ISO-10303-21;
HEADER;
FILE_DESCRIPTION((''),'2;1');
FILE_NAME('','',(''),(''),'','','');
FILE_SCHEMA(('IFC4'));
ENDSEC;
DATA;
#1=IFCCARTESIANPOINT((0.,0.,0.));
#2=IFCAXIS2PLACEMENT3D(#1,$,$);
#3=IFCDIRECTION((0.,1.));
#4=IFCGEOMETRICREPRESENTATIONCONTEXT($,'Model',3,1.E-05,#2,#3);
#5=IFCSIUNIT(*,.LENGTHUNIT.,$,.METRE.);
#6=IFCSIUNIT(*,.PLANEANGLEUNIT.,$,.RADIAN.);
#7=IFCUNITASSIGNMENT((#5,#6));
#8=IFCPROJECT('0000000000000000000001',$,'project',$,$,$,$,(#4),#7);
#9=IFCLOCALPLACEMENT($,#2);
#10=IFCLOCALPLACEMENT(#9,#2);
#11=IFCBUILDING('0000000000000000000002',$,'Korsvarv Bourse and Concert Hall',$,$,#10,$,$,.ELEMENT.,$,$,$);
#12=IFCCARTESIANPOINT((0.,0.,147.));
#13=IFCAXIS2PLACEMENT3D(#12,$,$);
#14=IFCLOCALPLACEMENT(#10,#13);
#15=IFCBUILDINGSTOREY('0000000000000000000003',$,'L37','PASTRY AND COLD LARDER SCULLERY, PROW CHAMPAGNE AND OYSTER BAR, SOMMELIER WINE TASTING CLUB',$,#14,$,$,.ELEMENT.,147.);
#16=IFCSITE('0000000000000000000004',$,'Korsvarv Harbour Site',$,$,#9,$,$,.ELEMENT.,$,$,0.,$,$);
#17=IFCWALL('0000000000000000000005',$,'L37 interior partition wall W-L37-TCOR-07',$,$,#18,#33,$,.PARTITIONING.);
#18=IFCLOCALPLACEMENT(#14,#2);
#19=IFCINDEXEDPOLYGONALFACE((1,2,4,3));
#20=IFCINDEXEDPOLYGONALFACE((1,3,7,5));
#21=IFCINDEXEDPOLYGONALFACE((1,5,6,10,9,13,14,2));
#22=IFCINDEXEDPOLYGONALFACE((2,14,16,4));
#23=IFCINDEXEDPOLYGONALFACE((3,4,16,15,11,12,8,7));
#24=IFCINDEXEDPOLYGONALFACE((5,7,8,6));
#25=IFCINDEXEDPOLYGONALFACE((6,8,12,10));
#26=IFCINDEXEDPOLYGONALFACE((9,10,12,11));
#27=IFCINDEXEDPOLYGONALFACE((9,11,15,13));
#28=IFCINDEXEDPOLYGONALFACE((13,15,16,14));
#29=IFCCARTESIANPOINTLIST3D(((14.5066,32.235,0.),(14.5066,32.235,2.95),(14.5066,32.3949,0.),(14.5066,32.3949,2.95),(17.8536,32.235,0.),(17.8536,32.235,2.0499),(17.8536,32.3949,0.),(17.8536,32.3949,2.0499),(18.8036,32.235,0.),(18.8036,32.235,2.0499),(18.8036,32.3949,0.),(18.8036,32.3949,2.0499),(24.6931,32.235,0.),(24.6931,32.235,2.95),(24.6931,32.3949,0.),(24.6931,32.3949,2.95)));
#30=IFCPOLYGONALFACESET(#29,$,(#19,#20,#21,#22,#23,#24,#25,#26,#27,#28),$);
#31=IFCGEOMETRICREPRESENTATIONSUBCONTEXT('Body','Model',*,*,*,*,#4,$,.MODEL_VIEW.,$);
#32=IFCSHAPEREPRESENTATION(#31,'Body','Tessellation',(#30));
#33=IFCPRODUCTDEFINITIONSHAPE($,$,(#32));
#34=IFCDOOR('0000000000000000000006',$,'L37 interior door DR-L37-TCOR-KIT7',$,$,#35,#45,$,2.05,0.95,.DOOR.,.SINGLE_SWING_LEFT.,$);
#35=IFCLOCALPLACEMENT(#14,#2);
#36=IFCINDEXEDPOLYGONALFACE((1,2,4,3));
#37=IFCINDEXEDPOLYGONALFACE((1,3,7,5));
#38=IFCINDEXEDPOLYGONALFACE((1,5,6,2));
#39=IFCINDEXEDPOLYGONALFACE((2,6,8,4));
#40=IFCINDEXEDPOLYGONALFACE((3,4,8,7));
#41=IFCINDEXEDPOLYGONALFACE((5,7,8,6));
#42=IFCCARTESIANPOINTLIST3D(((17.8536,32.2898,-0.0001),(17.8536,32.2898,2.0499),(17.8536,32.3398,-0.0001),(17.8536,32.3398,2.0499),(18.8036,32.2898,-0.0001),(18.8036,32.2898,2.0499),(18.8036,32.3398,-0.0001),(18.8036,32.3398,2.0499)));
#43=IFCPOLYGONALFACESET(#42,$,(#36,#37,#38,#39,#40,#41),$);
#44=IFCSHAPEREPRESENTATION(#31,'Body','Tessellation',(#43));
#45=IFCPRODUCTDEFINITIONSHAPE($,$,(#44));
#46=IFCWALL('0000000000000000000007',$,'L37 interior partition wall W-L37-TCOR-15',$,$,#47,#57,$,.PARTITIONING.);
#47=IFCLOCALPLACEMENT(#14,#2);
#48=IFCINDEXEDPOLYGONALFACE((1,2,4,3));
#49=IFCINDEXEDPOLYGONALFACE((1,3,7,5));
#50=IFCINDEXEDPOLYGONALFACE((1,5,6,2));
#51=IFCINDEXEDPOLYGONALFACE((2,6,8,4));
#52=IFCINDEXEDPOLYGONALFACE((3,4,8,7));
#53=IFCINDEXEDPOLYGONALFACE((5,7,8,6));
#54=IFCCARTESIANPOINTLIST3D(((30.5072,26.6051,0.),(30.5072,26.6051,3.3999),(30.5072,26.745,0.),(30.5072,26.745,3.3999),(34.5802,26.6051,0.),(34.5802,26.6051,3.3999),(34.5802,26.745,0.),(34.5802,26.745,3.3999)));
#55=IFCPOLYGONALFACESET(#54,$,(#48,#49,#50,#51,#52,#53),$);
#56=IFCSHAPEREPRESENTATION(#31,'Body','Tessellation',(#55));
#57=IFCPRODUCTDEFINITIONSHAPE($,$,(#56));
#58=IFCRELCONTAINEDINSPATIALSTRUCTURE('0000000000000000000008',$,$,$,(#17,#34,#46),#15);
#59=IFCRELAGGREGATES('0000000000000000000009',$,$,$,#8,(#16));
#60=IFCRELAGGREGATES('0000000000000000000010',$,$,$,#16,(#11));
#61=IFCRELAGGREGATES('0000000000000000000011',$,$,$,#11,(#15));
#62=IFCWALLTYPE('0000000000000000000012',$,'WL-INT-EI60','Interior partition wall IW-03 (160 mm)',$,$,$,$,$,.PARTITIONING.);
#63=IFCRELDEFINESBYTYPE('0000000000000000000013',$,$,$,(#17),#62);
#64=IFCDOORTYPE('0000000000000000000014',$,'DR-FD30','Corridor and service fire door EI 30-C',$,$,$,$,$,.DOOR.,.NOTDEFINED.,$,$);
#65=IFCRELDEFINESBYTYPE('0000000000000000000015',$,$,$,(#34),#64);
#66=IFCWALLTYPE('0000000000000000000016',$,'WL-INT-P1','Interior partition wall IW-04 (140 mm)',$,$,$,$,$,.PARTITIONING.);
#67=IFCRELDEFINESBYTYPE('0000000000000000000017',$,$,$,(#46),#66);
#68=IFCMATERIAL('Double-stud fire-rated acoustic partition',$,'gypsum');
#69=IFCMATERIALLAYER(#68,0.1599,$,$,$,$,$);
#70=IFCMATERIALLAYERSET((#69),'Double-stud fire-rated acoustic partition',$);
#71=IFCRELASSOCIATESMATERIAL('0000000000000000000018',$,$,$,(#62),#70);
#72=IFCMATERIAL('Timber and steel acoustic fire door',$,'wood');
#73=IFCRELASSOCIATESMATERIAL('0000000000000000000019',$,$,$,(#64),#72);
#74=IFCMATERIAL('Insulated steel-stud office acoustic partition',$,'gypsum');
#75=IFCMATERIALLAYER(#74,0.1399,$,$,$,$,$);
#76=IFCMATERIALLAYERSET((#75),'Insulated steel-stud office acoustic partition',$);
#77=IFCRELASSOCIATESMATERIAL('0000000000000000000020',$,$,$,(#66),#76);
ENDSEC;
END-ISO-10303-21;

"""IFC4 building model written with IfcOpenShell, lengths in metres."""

from ifc_helpers import new_model, si_unit, direction, frame, frame_2d, origin, place, context, subcontext, project, spatial, rectangle, extrude, material, layer, layer_set, type_object, element, fill, save


model = new_model("IFC4")

# Units and contexts
model_context = context("Model", 3, precision=1e-05, world=origin(), true_north=direction((0.0, 1.0)))
body_context = subcontext(model_context, "Body", "Model", "MODEL_VIEW")
ifc_project = project(units=[si_unit("LENGTHUNIT", "METRE"), si_unit("PLANEANGLEUNIT", "RADIAN")], contexts=[model_context])

# Site, building, storey
site_placement = place(None, origin())
site = spatial("IfcSite", under=ifc_project, at=site_placement, Name="Korsvarv Harbour Site", CompositionType="ELEMENT", RefElevation=0.0)
building_placement = place(site_placement, origin())
building = spatial("IfcBuilding", under=site, at=building_placement, Name="Korsvarv Bourse and Concert Hall", CompositionType="ELEMENT")
storey_placement = place(building_placement, frame((0.0, 0.0, 147.0)))
storey = spatial("IfcBuildingStorey", under=building, at=storey_placement, Name="L37", Description="PASTRY AND COLD LARDER SCULLERY, PROW CHAMPAGNE AND OYSTER BAR, SOMMELIER WINE TASTING CLUB", CompositionType="ELEMENT", Elevation=147.0)

# Shared definitions
ifc_material_1 = material(Name="Double-stud fire-rated acoustic partition", Category="gypsum")
ifc_layer_1 = layer(ifc_material_1, 0.1599)
ifc_layer_set_1 = layer_set([ifc_layer_1], Name="Double-stud fire-rated acoustic partition")
wall_type_1 = type_object("IfcWallType", Name="WL-INT-EI60", Description="Interior partition wall IW-03 (160 mm)", PredefinedType="PARTITIONING", material=ifc_layer_set_1)

# Wall, opening, door
ifc_material_2 = material(Name="Timber and steel acoustic fire door", Category="wood")
door_type = type_object("IfcDoorType", Name="DR-FD30", Description="Corridor and service fire door EI 30-C", OperationType="NOTDEFINED", PredefinedType="DOOR", material=ifc_material_2)
wall_1_placement = place(storey_placement, frame((14.5066, 32.3149, 0.0), z_axis=(0.0, 0.0, 1.0), x_axis=(1.0, 0.0, 0.0)))
wall_1 = element("IfcWall", 1, at=wall_1_placement, inside=storey, type_object=wall_type_1, Name="L37 interior partition wall W-L37-TCOR-07", PredefinedType="PARTITIONING", context=body_context, shape_type="SweptSolid", body=[
    extrude(rectangle(XDim=10.1865, YDim=0.1599, at=frame_2d((5.0933, 0.0))), origin(), (0.0, 0.0, 1.0), 2.95),
])
opening_1_placement = place(wall_1_placement, frame((3.3469, 0.0, 0.0)))
opening_1 = element("IfcOpeningElement", 2, at=opening_1_placement, cuts=wall_1, PredefinedType="OPENING", context=body_context, shape_type="SweptSolid", body=[
    extrude(rectangle(XDim=0.95, YDim=2.05, at=frame_2d((0.4751, 1.0249))), frame((0.0, 0.0898, 0.0), z_axis=(0.0, -1.0, 0.0), x_axis=(1.0, 0.0, 0.0)), (0.0, 0.0, 1.0), 0.1799),
])
door_1_placement = place(opening_1_placement, origin())
door_1 = element("IfcDoor", 3, at=door_1_placement, inside=storey, type_object=door_type, Name="L37 interior door DR-L37-TCOR-KIT7", OperationType="SINGLE_SWING_LEFT", OverallHeight=2.05, OverallWidth=0.95, PredefinedType="DOOR", context=body_context, shape_type="SweptSolid", body=[
    extrude(rectangle(XDim=0.95, YDim=2.05, at=frame_2d((0.4751, 1.0249))), frame((0.0, 0.0249, 0.0), z_axis=(0.0, -1.0, 0.0), x_axis=(1.0, 0.0, 0.0)), (0.0, 0.0, 1.0), 0.05),
])
fill(opening_1, door_1)

# Wall
ifc_material_3 = material(Name="Insulated steel-stud office acoustic partition", Category="gypsum")
ifc_layer_2 = layer(ifc_material_3, 0.1399)
ifc_layer_set_2 = layer_set([ifc_layer_2], Name="Insulated steel-stud office acoustic partition")
wall_type_2 = type_object("IfcWallType", Name="WL-INT-P1", Description="Interior partition wall IW-04 (140 mm)", PredefinedType="PARTITIONING", material=ifc_layer_set_2)
wall_2_placement = place(storey_placement, frame((30.5071, 26.675, 0.0), z_axis=(0.0, 0.0, 1.0), x_axis=(1.0, 0.0, 0.0)))
element("IfcWall", 4, at=wall_2_placement, inside=storey, type_object=wall_type_2, Name="L37 interior partition wall W-L37-TCOR-15", PredefinedType="PARTITIONING", context=body_context, shape_type="SweptSolid", body=[
    extrude(rectangle(XDim=4.073, YDim=0.1399, at=frame_2d((2.0366, 0.0))), origin(), (0.0, 0.0, 1.0), 3.3999),
])

save(model, "model.ifc")
